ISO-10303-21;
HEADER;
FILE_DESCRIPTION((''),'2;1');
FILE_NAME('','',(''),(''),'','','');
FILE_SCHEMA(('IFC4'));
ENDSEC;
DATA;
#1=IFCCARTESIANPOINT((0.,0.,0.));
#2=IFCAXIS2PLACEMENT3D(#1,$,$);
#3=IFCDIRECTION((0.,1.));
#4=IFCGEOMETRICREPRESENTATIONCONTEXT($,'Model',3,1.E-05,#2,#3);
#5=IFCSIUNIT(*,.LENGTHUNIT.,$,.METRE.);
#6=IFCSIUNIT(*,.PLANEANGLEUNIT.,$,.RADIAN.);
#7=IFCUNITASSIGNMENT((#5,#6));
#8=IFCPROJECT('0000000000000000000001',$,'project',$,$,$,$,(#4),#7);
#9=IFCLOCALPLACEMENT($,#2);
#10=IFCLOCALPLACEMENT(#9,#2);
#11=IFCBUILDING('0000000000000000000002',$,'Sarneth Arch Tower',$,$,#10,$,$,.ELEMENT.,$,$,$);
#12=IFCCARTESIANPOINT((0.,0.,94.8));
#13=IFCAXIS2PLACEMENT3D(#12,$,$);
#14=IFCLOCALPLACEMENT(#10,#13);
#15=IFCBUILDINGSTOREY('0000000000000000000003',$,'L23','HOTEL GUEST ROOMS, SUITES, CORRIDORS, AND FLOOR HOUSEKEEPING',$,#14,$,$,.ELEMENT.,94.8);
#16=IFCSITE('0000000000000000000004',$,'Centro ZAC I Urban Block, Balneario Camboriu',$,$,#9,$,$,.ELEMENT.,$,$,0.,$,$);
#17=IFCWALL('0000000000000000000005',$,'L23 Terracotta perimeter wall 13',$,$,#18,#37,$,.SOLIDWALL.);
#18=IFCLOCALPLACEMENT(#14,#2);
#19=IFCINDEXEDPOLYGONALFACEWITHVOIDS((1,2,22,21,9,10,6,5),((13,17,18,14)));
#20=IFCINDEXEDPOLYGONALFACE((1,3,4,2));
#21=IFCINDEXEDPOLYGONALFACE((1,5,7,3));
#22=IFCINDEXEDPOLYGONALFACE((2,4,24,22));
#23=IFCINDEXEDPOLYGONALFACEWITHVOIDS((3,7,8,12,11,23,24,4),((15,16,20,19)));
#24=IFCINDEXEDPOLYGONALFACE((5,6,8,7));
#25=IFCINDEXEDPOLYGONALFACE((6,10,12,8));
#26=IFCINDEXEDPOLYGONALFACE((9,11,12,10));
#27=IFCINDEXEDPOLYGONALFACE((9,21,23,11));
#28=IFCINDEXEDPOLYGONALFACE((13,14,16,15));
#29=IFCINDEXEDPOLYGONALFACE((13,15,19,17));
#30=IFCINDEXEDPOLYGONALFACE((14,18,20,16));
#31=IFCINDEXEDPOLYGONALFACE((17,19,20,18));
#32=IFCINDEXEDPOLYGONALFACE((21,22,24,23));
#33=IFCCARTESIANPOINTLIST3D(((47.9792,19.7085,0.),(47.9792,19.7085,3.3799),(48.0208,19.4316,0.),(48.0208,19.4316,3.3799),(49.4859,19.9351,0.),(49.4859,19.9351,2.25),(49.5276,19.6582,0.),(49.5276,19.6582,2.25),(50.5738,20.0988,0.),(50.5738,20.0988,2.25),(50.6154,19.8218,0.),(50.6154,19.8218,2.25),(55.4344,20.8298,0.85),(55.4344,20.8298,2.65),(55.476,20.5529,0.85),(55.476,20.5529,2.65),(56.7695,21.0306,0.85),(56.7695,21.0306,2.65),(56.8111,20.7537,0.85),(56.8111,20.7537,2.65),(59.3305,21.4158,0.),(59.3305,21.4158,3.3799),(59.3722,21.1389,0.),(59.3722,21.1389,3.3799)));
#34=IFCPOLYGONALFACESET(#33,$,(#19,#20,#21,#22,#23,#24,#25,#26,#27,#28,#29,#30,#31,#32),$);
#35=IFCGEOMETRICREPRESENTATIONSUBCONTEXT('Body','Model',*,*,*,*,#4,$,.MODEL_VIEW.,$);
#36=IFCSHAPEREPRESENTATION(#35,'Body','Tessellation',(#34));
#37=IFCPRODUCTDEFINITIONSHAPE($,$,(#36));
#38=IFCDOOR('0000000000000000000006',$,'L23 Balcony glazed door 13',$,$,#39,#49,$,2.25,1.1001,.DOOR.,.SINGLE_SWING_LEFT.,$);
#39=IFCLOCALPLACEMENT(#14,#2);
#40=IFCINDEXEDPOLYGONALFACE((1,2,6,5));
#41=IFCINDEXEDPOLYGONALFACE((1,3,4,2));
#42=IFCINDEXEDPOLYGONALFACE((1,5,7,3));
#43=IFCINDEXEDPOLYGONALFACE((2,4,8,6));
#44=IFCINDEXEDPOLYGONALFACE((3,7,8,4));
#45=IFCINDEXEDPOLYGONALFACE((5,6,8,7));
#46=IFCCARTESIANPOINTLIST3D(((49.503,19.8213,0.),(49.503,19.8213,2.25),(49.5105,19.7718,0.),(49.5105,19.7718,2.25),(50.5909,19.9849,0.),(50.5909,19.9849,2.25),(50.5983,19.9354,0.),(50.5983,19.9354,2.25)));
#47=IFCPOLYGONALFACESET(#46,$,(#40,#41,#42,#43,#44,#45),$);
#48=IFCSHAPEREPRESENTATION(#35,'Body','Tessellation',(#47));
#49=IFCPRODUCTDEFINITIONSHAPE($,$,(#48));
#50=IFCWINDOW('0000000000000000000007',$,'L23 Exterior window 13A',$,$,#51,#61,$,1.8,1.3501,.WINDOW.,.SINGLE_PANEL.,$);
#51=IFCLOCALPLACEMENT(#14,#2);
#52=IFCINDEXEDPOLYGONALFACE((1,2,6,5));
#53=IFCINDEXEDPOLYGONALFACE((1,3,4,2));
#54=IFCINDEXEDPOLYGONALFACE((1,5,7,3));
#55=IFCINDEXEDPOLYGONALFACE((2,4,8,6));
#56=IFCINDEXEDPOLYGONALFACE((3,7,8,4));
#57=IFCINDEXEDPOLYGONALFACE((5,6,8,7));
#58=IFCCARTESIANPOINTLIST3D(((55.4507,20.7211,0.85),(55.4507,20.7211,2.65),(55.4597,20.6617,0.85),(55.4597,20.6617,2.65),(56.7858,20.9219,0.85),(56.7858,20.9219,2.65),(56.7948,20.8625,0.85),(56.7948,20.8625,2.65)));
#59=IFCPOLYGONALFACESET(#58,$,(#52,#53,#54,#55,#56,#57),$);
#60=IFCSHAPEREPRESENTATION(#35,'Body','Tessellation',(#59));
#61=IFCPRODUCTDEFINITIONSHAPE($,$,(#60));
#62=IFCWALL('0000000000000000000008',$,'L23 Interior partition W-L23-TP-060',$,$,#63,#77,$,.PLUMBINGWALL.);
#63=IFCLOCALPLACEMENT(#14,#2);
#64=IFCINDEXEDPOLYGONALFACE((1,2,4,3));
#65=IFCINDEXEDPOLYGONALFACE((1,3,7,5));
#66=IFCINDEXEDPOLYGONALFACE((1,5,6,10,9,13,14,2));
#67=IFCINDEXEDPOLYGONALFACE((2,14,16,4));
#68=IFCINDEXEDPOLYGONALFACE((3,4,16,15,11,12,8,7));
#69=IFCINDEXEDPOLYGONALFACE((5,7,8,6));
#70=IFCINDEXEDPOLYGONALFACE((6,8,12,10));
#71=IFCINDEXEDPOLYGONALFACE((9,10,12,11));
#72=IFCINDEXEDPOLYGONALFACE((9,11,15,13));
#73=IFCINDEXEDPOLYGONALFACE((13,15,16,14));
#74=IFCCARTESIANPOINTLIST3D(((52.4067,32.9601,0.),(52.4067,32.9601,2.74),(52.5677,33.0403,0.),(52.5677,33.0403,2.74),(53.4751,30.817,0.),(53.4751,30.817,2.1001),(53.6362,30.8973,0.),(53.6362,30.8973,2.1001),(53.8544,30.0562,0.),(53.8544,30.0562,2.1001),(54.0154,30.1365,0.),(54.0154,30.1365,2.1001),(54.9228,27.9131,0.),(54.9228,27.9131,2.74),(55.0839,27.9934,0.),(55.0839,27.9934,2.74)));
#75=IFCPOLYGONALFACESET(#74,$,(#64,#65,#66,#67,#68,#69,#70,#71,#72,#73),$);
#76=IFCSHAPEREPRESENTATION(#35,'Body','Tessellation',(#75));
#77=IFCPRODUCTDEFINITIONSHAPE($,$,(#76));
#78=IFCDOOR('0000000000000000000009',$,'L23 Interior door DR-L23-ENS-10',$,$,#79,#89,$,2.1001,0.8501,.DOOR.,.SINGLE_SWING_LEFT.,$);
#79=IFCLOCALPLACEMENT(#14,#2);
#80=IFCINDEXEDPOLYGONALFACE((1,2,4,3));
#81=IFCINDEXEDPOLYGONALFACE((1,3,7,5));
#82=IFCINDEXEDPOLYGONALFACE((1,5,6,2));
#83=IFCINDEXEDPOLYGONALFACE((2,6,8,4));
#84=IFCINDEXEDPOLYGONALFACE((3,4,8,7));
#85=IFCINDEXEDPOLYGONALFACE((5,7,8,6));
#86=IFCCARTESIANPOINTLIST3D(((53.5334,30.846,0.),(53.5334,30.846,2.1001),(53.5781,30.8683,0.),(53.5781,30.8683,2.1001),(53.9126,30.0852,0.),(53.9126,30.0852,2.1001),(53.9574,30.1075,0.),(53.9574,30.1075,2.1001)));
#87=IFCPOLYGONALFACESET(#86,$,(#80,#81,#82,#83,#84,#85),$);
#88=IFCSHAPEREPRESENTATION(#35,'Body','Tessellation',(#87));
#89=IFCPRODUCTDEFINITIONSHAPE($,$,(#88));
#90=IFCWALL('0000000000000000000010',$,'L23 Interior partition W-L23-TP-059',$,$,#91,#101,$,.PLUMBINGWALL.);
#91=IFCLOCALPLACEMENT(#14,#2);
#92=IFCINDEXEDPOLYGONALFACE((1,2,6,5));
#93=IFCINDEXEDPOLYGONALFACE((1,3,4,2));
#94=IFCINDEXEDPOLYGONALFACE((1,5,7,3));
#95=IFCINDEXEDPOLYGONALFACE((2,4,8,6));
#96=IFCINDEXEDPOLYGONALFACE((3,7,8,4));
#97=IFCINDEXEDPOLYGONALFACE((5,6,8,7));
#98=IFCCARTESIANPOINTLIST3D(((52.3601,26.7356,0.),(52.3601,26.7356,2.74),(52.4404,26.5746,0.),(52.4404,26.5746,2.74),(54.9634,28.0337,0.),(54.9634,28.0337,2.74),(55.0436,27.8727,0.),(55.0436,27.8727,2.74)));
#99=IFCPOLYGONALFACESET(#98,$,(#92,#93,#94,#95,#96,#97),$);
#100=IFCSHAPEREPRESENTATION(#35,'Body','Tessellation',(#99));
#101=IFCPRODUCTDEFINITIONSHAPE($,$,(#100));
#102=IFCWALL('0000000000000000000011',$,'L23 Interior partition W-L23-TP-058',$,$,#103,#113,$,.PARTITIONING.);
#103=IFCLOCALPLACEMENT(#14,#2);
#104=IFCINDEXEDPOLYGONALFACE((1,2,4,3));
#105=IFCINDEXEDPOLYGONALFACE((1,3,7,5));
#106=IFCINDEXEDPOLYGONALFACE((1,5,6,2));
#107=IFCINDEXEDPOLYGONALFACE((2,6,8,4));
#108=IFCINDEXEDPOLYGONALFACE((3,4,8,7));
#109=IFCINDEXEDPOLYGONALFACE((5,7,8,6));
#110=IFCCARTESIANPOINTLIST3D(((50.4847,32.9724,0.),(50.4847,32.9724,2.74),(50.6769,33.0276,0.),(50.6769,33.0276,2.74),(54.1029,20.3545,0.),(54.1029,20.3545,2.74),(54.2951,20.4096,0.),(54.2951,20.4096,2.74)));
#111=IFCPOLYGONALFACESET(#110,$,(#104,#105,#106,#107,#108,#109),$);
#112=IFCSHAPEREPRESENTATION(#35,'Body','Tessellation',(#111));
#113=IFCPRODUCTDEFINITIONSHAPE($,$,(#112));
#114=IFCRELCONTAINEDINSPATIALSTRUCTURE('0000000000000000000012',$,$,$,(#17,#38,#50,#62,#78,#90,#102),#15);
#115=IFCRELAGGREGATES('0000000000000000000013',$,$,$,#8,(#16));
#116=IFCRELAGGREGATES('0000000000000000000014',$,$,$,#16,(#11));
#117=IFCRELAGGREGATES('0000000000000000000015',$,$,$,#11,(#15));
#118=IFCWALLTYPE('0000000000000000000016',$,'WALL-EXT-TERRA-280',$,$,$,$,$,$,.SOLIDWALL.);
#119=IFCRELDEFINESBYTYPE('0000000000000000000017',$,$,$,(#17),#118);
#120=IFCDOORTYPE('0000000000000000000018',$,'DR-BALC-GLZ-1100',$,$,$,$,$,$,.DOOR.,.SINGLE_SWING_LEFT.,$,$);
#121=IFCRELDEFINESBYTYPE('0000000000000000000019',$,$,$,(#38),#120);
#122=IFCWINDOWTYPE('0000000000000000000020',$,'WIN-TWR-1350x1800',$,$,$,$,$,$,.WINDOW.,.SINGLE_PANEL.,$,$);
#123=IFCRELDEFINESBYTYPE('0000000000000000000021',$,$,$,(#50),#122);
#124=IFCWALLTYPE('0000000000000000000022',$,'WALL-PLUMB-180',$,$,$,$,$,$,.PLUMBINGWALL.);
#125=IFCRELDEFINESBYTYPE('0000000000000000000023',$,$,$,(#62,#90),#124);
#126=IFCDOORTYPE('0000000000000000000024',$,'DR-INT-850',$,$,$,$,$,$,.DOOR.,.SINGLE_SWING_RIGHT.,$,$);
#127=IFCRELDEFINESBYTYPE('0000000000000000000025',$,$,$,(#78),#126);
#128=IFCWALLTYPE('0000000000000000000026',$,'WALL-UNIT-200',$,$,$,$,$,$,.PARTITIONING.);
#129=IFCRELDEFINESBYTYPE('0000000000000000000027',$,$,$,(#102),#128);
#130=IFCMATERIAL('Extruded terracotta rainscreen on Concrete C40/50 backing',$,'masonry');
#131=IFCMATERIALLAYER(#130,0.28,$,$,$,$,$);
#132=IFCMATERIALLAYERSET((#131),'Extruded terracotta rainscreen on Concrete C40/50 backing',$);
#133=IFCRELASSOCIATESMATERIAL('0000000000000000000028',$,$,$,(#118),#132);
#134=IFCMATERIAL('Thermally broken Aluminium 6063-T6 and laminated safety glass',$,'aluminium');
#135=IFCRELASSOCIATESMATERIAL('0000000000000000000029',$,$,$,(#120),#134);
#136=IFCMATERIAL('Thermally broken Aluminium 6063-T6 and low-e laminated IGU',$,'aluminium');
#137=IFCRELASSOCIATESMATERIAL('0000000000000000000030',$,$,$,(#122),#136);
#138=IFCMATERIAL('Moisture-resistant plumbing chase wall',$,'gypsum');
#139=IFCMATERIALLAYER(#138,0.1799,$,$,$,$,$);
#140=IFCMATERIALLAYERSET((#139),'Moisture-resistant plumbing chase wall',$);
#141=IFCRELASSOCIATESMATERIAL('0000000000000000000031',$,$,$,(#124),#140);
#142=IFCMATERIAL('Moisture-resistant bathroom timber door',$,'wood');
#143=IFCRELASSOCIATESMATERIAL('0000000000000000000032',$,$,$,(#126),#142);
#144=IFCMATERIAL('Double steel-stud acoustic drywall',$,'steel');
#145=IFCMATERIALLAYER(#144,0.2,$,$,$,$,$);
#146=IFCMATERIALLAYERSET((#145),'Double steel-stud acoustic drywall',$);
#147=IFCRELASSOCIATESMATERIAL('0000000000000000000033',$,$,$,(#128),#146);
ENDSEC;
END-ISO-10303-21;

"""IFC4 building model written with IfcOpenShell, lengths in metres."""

from ifc_helpers import new_model, si_unit, direction, frame, frame_2d, origin, place, context, subcontext, project, spatial, rectangle, extrude, material, layer, layer_set, type_object, element, fill, save


model = new_model("IFC4")

# Units and contexts
model_context = context("Model", 3, precision=1e-05, world=origin(), true_north=direction((0.0, 1.0)))
body_context = subcontext(model_context, "Body", "Model", "MODEL_VIEW")
ifc_project = project(units=[si_unit("LENGTHUNIT", "METRE"), si_unit("PLANEANGLEUNIT", "RADIAN")], contexts=[model_context])

# Site, building, storey
site_placement = place(None, origin())
site = spatial("IfcSite", under=ifc_project, at=site_placement, Name="Centro ZAC I Urban Block, Balneario Camboriu", CompositionType="ELEMENT", RefElevation=0.0)
building_placement = place(site_placement, origin())
building = spatial("IfcBuilding", under=site, at=building_placement, Name="Sarneth Arch Tower", CompositionType="ELEMENT")
storey_placement = place(building_placement, frame((0.0, 0.0, 94.8)))
storey = spatial("IfcBuildingStorey", under=building, at=storey_placement, Name="L23", Description="HOTEL GUEST ROOMS, SUITES, CORRIDORS, AND FLOOR HOUSEKEEPING", CompositionType="ELEMENT", Elevation=94.8)

# Wall, openings, door, window
ifc_material_1 = material(Name="Extruded terracotta rainscreen on Concrete C40/50 backing", Category="masonry")
ifc_layer_1 = layer(ifc_material_1, 0.28)
ifc_layer_set_1 = layer_set([ifc_layer_1], Name="Extruded terracotta rainscreen on Concrete C40/50 backing")
wall_type_1 = type_object("IfcWallType", Name="WALL-EXT-TERRA-280", PredefinedType="SOLIDWALL", material=ifc_layer_set_1)
wall_1_placement = place(storey_placement, frame((48.0, 19.5701, 0.0), z_axis=(0.0, 0.0, 1.0), x_axis=(0.988878, 0.14873, 0.0)))
wall_1 = element("IfcWall", 1, at=wall_1_placement, inside=storey, type_object=wall_type_1, Name="L23 Terracotta perimeter wall 13", PredefinedType="SOLIDWALL", context=body_context, shape_type="SweptSolid", body=[
    extrude(rectangle(XDim=11.479, YDim=0.28, at=frame_2d((5.7395, 0.0))), origin(), (0.0, 0.0, 1.0), 3.3799),
])
opening_1_placement = place(wall_1_placement, frame((1.5237, 0.0, 0.0)))
opening_1 = element("IfcOpeningElement", 2, at=opening_1_placement, cuts=wall_1, PredefinedType="OPENING", context=body_context, shape_type="SweptSolid", body=[
    extrude(rectangle(XDim=1.1001, YDim=2.25, at=frame_2d((0.55, 1.125))), frame((0.0, 0.1499, 0.0), z_axis=(0.0, -1.0, 0.0), x_axis=(1.0, 0.0, 0.0)), (0.0, 0.0, 1.0), 0.3),
])
opening_2_placement = place(wall_1_placement, frame((7.5391, 0.0, 0.8501)))
opening_2 = element("IfcOpeningElement", 3, at=opening_2_placement, cuts=wall_1, PredefinedType="OPENING", context=body_context, shape_type="SweptSolid", body=[
    extrude(rectangle(XDim=1.3501, YDim=1.8, at=frame_2d((0.675, 0.8999))), frame((0.0, 0.1499, 0.0), z_axis=(0.0, -1.0, 0.0), x_axis=(1.0, 0.0, 0.0)), (0.0, 0.0, 1.0), 0.3),
])
ifc_material_2 = material(Name="Thermally broken Aluminium 6063-T6 and laminated safety glass", Category="aluminium")
door_type_1 = type_object("IfcDoorType", Name="DR-BALC-GLZ-1100", OperationType="SINGLE_SWING_LEFT", PredefinedType="DOOR", material=ifc_material_2)
door_1_placement = place(opening_1_placement, origin())
door_1 = element("IfcDoor", 4, at=door_1_placement, inside=storey, type_object=door_type_1, Name="L23 Balcony glazed door 13", OperationType="SINGLE_SWING_LEFT", OverallHeight=2.25, OverallWidth=1.1001, PredefinedType="DOOR", context=body_context, shape_type="SweptSolid", body=[
    extrude(rectangle(XDim=1.1001, YDim=2.25, at=frame_2d((0.55, 1.125))), frame((0.0, 0.0249, 0.0), z_axis=(0.0, -1.0, 0.0), x_axis=(1.0, 0.0, 0.0)), (0.0, 0.0, 1.0), 0.05),
])
fill(opening_1, door_1)
ifc_material_3 = material(Name="Thermally broken Aluminium 6063-T6 and low-e laminated IGU", Category="aluminium")
window_type = type_object("IfcWindowType", Name="WIN-TWR-1350x1800", PartitioningType="SINGLE_PANEL", PredefinedType="WINDOW", material=ifc_material_3)
window_placement = place(opening_2_placement, origin())
window = element("IfcWindow", 5, at=window_placement, inside=storey, type_object=window_type, Name="L23 Exterior window 13A", OverallHeight=1.8, OverallWidth=1.3501, PartitioningType="SINGLE_PANEL", PredefinedType="WINDOW", context=body_context, shape_type="SweptSolid", body=[
    extrude(rectangle(XDim=1.3501, YDim=1.8, at=frame_2d((0.675, 0.8999))), frame((0.0, 0.03, 0.0), z_axis=(0.0, -1.0, 0.0), x_axis=(1.0, 0.0, 0.0)), (0.0, 0.0, 1.0), 0.0601),
])
fill(opening_2, window)

# Wall, opening, door
ifc_material_4 = material(Name="Moisture-resistant plumbing chase wall", Category="gypsum")
ifc_layer_2 = layer(ifc_material_4, 0.1799)
ifc_layer_set_2 = layer_set([ifc_layer_2], Name="Moisture-resistant plumbing chase wall")
wall_type_2 = type_object("IfcWallType", Name="WALL-PLUMB-180", PredefinedType="PLUMBINGWALL", material=ifc_layer_set_2)
wall_2_placement = place(storey_placement, frame((55.0034, 27.9531, 0.0), z_axis=(0.0, 0.0, 1.0), x_axis=(-0.446174, 0.894946, 0.0)))
wall_2 = element("IfcWall", 6, at=wall_2_placement, inside=storey, type_object=wall_type_2, Name="L23 Interior partition W-L23-TP-060", PredefinedType="PLUMBINGWALL", context=body_context, shape_type="SweptSolid", body=[
    extrude(rectangle(XDim=5.6394, YDim=0.1799, at=frame_2d((2.8198, 0.0))), origin(), (0.0, 0.0, 1.0), 2.74),
])
opening_3_placement = place(wall_2_placement, frame((2.3948, 0.0, 0.0)))
opening_3 = element("IfcOpeningElement", 7, at=opening_3_placement, cuts=wall_2, PredefinedType="OPENING", context=body_context, shape_type="SweptSolid", body=[
    extrude(rectangle(XDim=0.8501, YDim=2.1001, at=frame_2d((0.425, 1.05))), frame((0.0, 0.0999, 0.0), z_axis=(0.0, -1.0, 0.0), x_axis=(1.0, 0.0, 0.0)), (0.0, 0.0, 1.0), 0.2),
])
ifc_material_5 = material(Name="Moisture-resistant bathroom timber door", Category="wood")
door_type_2 = type_object("IfcDoorType", Name="DR-INT-850", OperationType="SINGLE_SWING_RIGHT", PredefinedType="DOOR", material=ifc_material_5)
door_2_placement = place(opening_3_placement, origin())
door_2 = element("IfcDoor", 8, at=door_2_placement, inside=storey, type_object=door_type_2, Name="L23 Interior door DR-L23-ENS-10", OperationType="SINGLE_SWING_LEFT", OverallHeight=2.1001, OverallWidth=0.8501, PredefinedType="DOOR", context=body_context, shape_type="SweptSolid", body=[
    extrude(rectangle(XDim=0.8501, YDim=2.1001, at=frame_2d((0.425, 1.05))), frame((0.0, 0.0249, 0.0), z_axis=(0.0, -1.0, 0.0), x_axis=(1.0, 0.0, 0.0)), (0.0, 0.0, 1.0), 0.05),
])
fill(opening_3, door_2)

# Walls
wall_3_placement = place(storey_placement, frame((52.4001, 26.655, 0.0), z_axis=(0.0, 0.0, 1.0), x_axis=(0.894913, 0.44624, 0.0)))
element("IfcWall", 9, at=wall_3_placement, inside=storey, type_object=wall_type_2, Name="L23 Interior partition W-L23-TP-059", PredefinedType="PLUMBINGWALL", context=body_context, shape_type="SweptSolid", body=[
    extrude(rectangle(XDim=2.9089, YDim=0.1799, at=frame_2d((1.4546, 0.0))), origin(), (0.0, 0.0, 1.0), 2.74),
])
ifc_material_6 = material(Name="Double steel-stud acoustic drywall", Category="steel")
ifc_layer_3 = layer(ifc_material_6, 0.2)
ifc_layer_set_3 = layer_set([ifc_layer_3], Name="Double steel-stud acoustic drywall")
wall_type_3 = type_object("IfcWallType", Name="WALL-UNIT-200", PredefinedType="PARTITIONING", material=ifc_layer_set_3)
wall_4_placement = place(storey_placement, frame((50.5808, 33.0, 0.0), z_axis=(0.0, 0.0, 1.0), x_axis=(0.27564, -0.961261, 0.0)))
element("IfcWall", 10, at=wall_4_placement, inside=storey, type_object=wall_type_3, Name="L23 Interior partition W-L23-TP-058", PredefinedType="PARTITIONING", context=body_context, shape_type="SweptSolid", body=[
    extrude(rectangle(XDim=13.1265, YDim=0.2, at=frame_2d((6.5632, 0.0))), origin(), (0.0, 0.0, 1.0), 2.74),
])

save(model, "model.ifc")
